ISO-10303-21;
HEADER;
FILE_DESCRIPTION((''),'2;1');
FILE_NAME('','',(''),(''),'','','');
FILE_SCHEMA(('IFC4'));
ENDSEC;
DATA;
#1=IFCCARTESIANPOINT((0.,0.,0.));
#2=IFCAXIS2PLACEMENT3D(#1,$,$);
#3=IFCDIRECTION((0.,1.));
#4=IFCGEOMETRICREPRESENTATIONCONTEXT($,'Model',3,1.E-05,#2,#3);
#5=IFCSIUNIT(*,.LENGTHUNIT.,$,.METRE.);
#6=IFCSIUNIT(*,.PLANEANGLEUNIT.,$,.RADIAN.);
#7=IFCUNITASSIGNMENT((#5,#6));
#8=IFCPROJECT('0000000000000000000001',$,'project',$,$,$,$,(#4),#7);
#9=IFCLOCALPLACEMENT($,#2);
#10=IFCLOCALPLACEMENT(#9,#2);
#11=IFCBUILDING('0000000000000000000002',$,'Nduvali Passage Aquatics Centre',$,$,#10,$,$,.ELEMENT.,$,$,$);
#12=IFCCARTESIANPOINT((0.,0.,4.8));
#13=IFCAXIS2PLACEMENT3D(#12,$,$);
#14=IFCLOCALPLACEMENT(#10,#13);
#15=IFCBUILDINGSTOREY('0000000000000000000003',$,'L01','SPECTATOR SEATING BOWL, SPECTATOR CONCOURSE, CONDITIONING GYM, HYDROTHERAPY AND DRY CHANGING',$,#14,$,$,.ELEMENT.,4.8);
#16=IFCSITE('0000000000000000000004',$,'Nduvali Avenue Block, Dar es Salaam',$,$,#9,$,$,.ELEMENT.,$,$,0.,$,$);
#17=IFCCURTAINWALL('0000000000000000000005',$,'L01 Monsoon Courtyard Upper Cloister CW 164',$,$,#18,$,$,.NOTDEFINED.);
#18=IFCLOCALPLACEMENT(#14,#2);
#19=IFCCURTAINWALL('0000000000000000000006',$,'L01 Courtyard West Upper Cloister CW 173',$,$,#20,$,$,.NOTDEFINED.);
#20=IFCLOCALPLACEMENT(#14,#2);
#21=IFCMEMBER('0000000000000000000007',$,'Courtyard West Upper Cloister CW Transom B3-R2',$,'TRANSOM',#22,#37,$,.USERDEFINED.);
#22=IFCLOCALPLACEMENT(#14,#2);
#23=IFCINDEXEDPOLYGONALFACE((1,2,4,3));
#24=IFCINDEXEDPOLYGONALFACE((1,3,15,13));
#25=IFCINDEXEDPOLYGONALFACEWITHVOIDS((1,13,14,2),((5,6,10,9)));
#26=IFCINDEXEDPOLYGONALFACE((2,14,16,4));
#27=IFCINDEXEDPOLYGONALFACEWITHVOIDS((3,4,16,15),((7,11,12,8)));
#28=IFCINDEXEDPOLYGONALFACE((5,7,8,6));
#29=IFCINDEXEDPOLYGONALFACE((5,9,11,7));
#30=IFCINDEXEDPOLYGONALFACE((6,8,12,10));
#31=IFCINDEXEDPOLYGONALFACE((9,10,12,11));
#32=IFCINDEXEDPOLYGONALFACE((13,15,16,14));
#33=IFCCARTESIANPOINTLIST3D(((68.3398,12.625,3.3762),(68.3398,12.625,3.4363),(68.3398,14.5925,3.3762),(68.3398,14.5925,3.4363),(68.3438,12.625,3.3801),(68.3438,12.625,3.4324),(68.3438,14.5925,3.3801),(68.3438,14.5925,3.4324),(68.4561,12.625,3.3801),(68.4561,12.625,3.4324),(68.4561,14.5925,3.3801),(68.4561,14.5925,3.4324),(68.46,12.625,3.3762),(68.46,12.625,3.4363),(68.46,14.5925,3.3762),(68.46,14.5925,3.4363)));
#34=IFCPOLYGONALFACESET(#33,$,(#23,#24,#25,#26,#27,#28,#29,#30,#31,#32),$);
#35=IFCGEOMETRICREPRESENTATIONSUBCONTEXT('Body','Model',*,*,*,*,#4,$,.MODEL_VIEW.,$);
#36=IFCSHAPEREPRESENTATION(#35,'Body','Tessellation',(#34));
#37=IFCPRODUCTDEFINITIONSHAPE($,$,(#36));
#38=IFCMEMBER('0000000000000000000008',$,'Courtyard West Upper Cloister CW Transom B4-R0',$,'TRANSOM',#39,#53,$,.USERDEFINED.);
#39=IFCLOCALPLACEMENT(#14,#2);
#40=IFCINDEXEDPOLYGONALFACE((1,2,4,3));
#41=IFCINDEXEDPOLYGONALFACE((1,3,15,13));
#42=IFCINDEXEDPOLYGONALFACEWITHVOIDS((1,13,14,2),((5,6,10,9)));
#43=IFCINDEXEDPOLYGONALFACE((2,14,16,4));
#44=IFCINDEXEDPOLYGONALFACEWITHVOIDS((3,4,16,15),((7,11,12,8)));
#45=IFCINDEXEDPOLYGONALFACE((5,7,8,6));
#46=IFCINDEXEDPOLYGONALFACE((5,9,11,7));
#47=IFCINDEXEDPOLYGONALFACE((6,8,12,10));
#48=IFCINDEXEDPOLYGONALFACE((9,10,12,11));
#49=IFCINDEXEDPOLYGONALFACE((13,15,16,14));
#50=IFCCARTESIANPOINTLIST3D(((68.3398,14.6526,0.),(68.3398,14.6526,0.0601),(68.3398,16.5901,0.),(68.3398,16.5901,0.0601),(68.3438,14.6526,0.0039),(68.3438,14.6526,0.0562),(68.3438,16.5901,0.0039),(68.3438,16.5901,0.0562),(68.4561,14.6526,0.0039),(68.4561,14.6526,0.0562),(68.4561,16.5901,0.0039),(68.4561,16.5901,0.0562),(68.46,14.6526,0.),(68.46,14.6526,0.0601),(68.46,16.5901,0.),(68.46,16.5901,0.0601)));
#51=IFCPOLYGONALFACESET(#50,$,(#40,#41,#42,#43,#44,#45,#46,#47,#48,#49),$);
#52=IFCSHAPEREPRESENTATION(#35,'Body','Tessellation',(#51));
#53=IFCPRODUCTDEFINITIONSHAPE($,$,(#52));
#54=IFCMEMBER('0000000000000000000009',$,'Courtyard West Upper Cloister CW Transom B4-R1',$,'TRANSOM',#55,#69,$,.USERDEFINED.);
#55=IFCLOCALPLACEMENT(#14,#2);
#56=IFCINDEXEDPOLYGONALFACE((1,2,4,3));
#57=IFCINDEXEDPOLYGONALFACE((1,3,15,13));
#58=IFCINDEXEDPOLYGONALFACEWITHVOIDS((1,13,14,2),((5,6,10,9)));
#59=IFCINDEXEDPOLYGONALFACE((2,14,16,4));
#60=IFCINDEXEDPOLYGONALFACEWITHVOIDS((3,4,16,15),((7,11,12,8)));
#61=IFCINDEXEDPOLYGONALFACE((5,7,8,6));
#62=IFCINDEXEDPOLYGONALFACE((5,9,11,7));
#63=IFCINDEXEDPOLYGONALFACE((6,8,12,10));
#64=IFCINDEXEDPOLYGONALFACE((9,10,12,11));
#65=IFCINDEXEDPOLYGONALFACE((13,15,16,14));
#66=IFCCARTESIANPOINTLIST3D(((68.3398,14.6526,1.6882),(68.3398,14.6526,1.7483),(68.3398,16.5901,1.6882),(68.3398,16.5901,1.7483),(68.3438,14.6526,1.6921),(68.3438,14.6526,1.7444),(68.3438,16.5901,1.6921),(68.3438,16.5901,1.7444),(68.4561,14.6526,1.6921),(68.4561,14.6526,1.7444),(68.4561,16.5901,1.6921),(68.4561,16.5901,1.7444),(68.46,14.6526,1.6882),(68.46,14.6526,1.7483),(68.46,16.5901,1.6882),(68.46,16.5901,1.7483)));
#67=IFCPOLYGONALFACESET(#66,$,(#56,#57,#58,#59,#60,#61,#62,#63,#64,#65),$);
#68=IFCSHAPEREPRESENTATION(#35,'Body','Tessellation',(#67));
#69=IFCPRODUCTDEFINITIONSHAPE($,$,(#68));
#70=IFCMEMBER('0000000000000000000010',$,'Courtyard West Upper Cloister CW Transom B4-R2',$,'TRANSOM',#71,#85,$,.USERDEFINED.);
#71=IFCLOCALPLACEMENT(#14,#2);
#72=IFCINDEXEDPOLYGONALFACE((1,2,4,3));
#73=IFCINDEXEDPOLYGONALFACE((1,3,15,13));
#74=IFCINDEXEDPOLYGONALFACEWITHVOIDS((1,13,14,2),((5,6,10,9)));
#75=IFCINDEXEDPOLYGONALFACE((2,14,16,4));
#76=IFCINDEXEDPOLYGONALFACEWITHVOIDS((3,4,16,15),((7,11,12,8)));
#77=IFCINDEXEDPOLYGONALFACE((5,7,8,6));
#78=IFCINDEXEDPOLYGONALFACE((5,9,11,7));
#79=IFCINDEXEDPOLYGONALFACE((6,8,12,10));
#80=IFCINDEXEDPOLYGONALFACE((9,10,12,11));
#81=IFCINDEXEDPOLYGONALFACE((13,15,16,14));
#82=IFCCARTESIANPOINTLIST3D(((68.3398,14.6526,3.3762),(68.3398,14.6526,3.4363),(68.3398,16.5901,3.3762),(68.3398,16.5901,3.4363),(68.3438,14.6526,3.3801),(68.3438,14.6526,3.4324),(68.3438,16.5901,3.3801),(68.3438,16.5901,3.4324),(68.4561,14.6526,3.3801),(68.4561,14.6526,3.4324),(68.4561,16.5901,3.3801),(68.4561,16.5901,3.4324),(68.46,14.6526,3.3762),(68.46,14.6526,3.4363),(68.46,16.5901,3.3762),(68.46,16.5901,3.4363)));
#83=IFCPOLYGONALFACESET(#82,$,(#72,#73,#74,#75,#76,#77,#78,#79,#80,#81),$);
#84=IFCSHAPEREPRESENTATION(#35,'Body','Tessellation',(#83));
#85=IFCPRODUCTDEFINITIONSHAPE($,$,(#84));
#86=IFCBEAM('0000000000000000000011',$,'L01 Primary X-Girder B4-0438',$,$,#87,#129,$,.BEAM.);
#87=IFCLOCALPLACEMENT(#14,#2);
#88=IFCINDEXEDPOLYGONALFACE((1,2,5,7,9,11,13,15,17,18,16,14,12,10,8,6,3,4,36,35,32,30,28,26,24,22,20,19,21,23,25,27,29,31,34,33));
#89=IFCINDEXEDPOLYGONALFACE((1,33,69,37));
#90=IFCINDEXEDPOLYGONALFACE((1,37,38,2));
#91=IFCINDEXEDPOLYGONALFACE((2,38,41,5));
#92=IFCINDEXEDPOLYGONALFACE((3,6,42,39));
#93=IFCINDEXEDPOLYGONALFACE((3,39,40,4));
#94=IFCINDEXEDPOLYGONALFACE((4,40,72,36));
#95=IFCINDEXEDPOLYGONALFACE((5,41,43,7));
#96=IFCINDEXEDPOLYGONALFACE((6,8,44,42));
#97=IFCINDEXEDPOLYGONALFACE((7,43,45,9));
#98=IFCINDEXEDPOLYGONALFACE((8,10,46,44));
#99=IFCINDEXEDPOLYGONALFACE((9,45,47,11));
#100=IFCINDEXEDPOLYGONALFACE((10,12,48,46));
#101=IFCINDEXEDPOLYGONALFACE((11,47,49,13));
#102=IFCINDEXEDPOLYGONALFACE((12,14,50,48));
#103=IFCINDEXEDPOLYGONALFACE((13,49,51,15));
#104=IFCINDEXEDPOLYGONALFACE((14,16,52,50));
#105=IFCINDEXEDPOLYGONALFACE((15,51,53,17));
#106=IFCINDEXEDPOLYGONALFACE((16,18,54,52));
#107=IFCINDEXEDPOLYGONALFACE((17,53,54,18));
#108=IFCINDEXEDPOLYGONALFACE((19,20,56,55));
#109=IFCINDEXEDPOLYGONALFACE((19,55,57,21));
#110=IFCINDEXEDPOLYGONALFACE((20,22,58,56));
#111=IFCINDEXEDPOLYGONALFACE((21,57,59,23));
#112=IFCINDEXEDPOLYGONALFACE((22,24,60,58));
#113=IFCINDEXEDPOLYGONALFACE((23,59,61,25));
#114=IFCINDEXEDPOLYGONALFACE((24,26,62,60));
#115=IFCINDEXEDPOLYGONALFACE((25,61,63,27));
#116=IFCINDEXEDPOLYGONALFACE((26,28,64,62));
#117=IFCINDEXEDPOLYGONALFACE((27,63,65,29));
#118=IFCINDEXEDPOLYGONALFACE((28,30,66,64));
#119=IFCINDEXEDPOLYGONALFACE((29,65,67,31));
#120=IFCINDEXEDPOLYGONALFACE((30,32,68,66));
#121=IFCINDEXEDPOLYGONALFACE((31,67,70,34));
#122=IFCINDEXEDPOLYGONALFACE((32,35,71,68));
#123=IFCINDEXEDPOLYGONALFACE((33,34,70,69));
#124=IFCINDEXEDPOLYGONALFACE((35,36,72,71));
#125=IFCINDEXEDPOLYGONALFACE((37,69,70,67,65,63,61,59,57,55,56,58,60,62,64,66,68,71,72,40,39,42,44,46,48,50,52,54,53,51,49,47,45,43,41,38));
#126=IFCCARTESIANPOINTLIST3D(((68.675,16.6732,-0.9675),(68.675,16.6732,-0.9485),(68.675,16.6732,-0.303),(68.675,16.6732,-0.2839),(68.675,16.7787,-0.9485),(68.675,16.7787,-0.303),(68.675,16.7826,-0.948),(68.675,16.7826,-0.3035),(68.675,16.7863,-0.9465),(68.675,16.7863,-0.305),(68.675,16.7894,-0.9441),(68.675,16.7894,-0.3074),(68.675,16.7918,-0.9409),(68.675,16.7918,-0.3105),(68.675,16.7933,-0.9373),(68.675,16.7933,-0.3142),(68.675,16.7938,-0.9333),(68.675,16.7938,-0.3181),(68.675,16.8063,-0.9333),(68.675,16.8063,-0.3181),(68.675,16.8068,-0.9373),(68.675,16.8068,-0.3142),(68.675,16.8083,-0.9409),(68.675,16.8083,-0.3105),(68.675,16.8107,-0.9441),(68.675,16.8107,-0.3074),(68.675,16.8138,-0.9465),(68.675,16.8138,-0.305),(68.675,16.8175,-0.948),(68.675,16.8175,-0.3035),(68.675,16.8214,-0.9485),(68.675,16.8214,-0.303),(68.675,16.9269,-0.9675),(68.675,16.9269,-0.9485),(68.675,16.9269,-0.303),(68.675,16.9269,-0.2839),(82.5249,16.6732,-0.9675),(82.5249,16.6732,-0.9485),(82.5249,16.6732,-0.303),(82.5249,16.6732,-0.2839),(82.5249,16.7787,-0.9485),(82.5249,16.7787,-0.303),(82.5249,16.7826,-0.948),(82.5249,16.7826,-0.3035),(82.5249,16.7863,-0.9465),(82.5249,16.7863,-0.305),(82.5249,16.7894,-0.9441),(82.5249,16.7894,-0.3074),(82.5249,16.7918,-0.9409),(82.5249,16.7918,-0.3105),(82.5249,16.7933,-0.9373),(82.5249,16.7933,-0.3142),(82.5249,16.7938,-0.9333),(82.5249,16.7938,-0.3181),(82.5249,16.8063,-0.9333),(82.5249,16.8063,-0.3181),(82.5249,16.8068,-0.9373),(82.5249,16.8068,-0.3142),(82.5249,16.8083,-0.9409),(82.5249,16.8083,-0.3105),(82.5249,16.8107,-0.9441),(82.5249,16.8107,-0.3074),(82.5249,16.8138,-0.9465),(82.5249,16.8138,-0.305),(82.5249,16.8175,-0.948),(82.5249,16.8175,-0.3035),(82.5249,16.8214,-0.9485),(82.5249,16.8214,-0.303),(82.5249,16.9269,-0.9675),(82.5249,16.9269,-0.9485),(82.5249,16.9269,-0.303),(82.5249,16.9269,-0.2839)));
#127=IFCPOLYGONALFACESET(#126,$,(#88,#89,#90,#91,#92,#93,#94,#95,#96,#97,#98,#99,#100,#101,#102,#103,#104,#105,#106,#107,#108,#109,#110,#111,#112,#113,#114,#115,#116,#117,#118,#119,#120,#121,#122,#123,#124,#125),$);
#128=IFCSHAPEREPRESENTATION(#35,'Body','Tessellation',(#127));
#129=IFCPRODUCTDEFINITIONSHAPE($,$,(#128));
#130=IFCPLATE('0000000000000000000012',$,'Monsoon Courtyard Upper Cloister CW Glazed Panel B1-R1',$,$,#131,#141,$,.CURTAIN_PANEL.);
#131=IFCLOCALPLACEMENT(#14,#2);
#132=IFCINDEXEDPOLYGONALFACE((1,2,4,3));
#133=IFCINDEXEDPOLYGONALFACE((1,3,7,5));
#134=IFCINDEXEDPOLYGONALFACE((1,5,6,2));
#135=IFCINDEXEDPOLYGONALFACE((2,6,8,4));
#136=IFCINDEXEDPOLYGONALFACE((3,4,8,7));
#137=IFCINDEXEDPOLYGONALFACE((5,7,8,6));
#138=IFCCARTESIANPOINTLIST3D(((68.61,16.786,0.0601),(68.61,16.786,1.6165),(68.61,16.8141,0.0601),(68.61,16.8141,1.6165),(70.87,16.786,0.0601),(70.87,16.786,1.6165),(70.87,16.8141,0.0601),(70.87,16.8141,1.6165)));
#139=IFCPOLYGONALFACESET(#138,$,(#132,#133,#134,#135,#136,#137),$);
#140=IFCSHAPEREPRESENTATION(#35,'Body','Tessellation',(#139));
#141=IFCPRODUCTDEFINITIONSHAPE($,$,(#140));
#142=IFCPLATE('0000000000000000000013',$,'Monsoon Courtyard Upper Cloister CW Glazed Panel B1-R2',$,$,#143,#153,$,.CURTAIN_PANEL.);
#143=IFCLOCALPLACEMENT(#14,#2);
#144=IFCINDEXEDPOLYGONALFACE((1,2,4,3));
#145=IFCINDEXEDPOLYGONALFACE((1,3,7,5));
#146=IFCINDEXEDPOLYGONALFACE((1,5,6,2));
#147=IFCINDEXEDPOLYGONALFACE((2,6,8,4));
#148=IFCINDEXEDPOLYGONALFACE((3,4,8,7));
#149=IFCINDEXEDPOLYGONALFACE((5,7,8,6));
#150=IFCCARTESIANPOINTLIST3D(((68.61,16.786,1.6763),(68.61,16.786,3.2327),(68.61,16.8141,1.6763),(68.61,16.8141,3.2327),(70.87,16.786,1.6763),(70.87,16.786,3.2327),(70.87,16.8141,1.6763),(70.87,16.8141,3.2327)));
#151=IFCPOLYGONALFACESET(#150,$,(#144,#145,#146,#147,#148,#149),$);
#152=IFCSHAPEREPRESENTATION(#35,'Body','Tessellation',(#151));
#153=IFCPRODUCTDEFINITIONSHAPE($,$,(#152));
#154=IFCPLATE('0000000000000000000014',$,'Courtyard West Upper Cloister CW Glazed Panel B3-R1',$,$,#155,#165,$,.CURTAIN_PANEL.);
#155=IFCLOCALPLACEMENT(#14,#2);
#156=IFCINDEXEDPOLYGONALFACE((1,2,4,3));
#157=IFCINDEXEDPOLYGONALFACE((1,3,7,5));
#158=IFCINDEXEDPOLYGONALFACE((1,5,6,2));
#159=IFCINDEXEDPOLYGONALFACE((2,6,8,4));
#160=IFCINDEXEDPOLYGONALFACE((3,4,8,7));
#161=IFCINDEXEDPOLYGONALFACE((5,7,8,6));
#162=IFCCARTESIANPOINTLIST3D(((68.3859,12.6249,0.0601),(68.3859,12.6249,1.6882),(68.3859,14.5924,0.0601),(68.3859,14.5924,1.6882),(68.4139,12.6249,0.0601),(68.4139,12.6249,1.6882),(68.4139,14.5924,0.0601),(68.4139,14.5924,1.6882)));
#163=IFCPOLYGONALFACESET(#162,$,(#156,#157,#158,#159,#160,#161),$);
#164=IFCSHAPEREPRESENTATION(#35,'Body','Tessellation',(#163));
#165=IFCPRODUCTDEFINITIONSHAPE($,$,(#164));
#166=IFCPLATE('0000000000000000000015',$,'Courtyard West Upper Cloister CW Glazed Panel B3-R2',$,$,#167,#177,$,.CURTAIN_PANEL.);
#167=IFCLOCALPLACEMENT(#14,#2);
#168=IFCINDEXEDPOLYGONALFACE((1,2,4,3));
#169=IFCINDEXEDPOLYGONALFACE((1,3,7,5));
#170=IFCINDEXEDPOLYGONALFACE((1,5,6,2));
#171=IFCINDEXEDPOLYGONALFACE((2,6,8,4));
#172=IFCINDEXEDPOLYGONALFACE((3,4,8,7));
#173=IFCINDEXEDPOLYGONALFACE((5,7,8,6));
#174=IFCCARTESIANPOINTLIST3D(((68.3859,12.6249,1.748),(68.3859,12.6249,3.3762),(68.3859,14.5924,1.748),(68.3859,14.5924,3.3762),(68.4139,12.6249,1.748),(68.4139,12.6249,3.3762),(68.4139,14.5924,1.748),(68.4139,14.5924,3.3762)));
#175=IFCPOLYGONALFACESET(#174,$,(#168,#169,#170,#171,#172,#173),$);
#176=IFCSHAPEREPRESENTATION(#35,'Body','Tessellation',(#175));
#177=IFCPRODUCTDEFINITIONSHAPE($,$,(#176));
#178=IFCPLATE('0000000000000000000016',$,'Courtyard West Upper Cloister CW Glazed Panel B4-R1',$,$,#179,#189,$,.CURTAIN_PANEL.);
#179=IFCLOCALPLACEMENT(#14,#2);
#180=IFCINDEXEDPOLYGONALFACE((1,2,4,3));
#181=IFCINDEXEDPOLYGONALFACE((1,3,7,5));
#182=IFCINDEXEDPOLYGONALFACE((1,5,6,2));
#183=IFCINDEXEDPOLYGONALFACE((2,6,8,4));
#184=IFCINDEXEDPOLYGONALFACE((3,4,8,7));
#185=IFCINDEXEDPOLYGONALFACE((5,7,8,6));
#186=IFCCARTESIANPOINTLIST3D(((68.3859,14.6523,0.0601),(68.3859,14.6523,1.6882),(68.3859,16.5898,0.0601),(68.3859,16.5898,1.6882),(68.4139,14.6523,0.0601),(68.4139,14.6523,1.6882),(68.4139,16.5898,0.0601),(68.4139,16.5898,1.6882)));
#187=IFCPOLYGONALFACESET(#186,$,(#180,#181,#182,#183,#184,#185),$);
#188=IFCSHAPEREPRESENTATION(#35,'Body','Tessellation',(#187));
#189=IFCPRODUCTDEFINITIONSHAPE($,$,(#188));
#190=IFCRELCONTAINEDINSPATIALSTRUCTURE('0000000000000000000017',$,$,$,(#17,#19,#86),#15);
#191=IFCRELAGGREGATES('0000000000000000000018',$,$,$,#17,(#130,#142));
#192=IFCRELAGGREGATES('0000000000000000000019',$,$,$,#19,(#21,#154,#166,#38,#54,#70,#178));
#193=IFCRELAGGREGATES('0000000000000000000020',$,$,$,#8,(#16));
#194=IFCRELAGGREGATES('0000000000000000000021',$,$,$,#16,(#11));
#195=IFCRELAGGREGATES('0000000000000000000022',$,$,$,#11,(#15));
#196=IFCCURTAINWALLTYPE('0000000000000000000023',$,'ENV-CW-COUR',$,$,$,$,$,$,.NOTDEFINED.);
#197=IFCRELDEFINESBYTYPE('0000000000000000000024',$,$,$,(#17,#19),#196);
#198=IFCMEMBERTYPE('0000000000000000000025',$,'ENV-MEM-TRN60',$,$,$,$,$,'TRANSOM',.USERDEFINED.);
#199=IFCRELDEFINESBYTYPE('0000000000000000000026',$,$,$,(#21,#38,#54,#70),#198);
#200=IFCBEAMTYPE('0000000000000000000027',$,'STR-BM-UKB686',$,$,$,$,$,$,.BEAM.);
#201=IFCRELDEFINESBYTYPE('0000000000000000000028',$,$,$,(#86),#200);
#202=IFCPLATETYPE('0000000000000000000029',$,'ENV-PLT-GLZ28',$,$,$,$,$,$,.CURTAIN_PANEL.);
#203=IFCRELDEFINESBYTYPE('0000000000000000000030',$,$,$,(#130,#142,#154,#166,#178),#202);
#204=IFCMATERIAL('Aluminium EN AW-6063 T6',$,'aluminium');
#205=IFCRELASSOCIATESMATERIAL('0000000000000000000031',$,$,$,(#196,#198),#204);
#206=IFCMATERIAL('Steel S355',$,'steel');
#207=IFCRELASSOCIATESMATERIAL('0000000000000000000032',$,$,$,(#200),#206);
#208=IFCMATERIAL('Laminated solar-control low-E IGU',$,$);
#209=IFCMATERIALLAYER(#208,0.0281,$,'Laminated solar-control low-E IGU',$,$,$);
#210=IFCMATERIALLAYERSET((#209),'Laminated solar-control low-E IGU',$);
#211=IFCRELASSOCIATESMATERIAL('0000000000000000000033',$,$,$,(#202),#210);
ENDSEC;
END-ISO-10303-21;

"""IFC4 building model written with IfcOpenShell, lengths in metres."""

from ifc_helpers import new_model, si_unit, direction, frame, origin, origin_2d, place, context, subcontext, project, spatial, rectangle, hollow_rectangle, i_section, extrude, material, layer, layer_set, material_profile, profile_set, type_object, element, aggregate, save


model = new_model("IFC4")

# Units and contexts
model_context = context("Model", 3, precision=1e-05, world=origin(), true_north=direction((0.0, 1.0)))
body_context = subcontext(model_context, "Body", "Model", "MODEL_VIEW")
ifc_project = project(units=[si_unit("LENGTHUNIT", "METRE"), si_unit("PLANEANGLEUNIT", "RADIAN")], contexts=[model_context])

# Site, building, storey
site_placement = place(None, origin())
site = spatial("IfcSite", under=ifc_project, at=site_placement, Name="Nduvali Avenue Block, Dar es Salaam", CompositionType="ELEMENT", RefElevation=0.0)
building_placement = place(site_placement, origin())
building = spatial("IfcBuilding", under=site, at=building_placement, Name="Nduvali Passage Aquatics Centre", CompositionType="ELEMENT")
storey_placement = place(building_placement, frame((0.0, 0.0, 4.8)))
storey = spatial("IfcBuildingStorey", under=building, at=storey_placement, Name="L01", Description="SPECTATOR SEATING BOWL, SPECTATOR CONCOURSE, CONDITIONING GYM, HYDROTHERAPY AND DRY CHANGING", CompositionType="ELEMENT", Elevation=4.8)

# Shared definitions
ifc_material_1 = material(Name="Steel S355", Category="steel")

# Curtain wall
ifc_material_2 = material(Name="Aluminium EN AW-6063 T6", Category="aluminium")
curtain_wall_type = type_object("IfcCurtainWallType", Name="ENV-CW-COUR", PredefinedType="NOTDEFINED", material=ifc_material_2)
curtain_wall_1_placement = place(storey_placement, origin())
curtain_wall_1 = element("IfcCurtainWall", 1, at=curtain_wall_1_placement, inside=storey, type_object=curtain_wall_type, Name="L01 Monsoon Courtyard Upper Cloister CW 164", PredefinedType="NOTDEFINED")

# Curtain wall
curtain_wall_2_placement = place(storey_placement, origin())
curtain_wall_2 = element("IfcCurtainWall", 2, at=curtain_wall_2_placement, inside=storey, type_object=curtain_wall_type, Name="L01 Courtyard West Upper Cloister CW 173", PredefinedType="NOTDEFINED")

# Members
ifc_material_profile_1 = material_profile(ifc_material_2, hollow_rectangle(XDim=0.1201, YDim=0.0601, WallThickness=0.0039, at=origin_2d()), Name="ALU TRANSOM 120x60x4")
ifc_profile_set_1 = profile_set([ifc_material_profile_1], Name="Aluminium EN AW-6063 T6")
member_type_1 = type_object("IfcMemberType", Name="ENV-MEM-TRN60", ElementType="TRANSOM", PredefinedType="USERDEFINED", material=ifc_profile_set_1)
member_1_placement = place(storey_placement, frame((68.3999, 12.625, 3.4062), z_axis=(0.0, 1.0, 0.0), x_axis=(-1.0, 0.0, 0.0)))
member_1 = element("IfcMember", 3, at=member_1_placement, type_object=member_type_1, Name="Courtyard West Upper Cloister CW Transom B3-R2", ObjectType="TRANSOM", PredefinedType="USERDEFINED", context=body_context, shape_type="SweptSolid", body=[
    extrude(hollow_rectangle(XDim=0.1201, YDim=0.0601, WallThickness=0.0039, at=origin_2d()), origin(), (0.0, 0.0, 1.0), 1.9675),
])
member_2_placement = place(storey_placement, frame((68.3999, 14.6526, 0.03), z_axis=(0.0, 1.0, 0.0), x_axis=(-1.0, 0.0, 0.0)))
member_2 = element("IfcMember", 4, at=member_2_placement, type_object=member_type_1, Name="Courtyard West Upper Cloister CW Transom B4-R0", ObjectType="TRANSOM", PredefinedType="USERDEFINED", context=body_context, shape_type="SweptSolid", body=[
    extrude(hollow_rectangle(XDim=0.1201, YDim=0.0601, WallThickness=0.0039, at=origin_2d()), origin(), (0.0, 0.0, 1.0), 1.9375),
])
member_3_placement = place(storey_placement, frame((68.3999, 14.6526, 1.7183), z_axis=(0.0, 1.0, 0.0), x_axis=(-1.0, 0.0, 0.0)))
member_3 = element("IfcMember", 5, at=member_3_placement, type_object=member_type_1, Name="Courtyard West Upper Cloister CW Transom B4-R1", ObjectType="TRANSOM", PredefinedType="USERDEFINED", context=body_context, shape_type="SweptSolid", body=[
    extrude(hollow_rectangle(XDim=0.1201, YDim=0.0601, WallThickness=0.0039, at=origin_2d()), origin(), (0.0, 0.0, 1.0), 1.9375),
])
member_4_placement = place(storey_placement, frame((68.3999, 14.6526, 3.4062), z_axis=(0.0, 1.0, 0.0), x_axis=(-1.0, 0.0, 0.0)))
member_4 = element("IfcMember", 6, at=member_4_placement, type_object=member_type_1, Name="Courtyard West Upper Cloister CW Transom B4-R2", ObjectType="TRANSOM", PredefinedType="USERDEFINED", context=body_context, shape_type="SweptSolid", body=[
    extrude(hollow_rectangle(XDim=0.1201, YDim=0.0601, WallThickness=0.0039, at=origin_2d()), origin(), (0.0, 0.0, 1.0), 1.9375),
])

# Beam
ifc_material_profile_2 = material_profile(ifc_material_1, i_section(OverallWidth=0.2537, OverallDepth=0.6836, WebThickness=0.0125, FlangeThickness=0.019, FilletRadius=0.0151, at=origin_2d()), Name="UKB 686x254x140")
ifc_profile_set_2 = profile_set([ifc_material_profile_2], Name="Steel S355")
beam_type = type_object("IfcBeamType", Name="STR-BM-UKB686", PredefinedType="BEAM", material=ifc_profile_set_2)
beam_placement = place(storey_placement, frame((68.675, 16.8, -0.6257), z_axis=(1.0, 0.0, 0.0), x_axis=(0.0, 1.0, 0.0)))
element("IfcBeam", 7, at=beam_placement, inside=storey, type_object=beam_type, Name="L01 Primary X-Girder B4-0438", PredefinedType="BEAM", context=body_context, shape_type="SweptSolid", body=[
    extrude(i_section(OverallWidth=0.2537, OverallDepth=0.6836, WebThickness=0.0125, FlangeThickness=0.019, FilletRadius=0.0151, at=origin_2d()), origin(), (0.0, 0.0, 1.0), 13.8499),
])

# Plates
ifc_material_3 = material(Name="Laminated solar-control low-E IGU")
ifc_layer = layer(ifc_material_3, 0.0281, Name="Laminated solar-control low-E IGU")
ifc_layer_set = layer_set([ifc_layer], Name="Laminated solar-control low-E IGU")
plate_type = type_object("IfcPlateType", Name="ENV-PLT-GLZ28", PredefinedType="CURTAIN_PANEL", material=ifc_layer_set)
plate_1_placement = place(storey_placement, frame((69.74, 16.8, 0.0601), z_axis=(0.0, 0.0, 1.0), x_axis=(1.0, 0.0, 0.0)))
plate_1 = element("IfcPlate", 8, at=plate_1_placement, type_object=plate_type, Name="Monsoon Courtyard Upper Cloister CW Glazed Panel B1-R1", PredefinedType="CURTAIN_PANEL", context=body_context, shape_type="SweptSolid", body=[
    extrude(rectangle(XDim=2.26, YDim=0.0281, at=origin_2d()), origin(), (0.0, 0.0, 1.0), 1.5564),
])
plate_2_placement = place(storey_placement, frame((69.74, 16.8, 1.6763), z_axis=(0.0, 0.0, 1.0), x_axis=(1.0, 0.0, 0.0)))
plate_2 = element("IfcPlate", 9, at=plate_2_placement, type_object=plate_type, Name="Monsoon Courtyard Upper Cloister CW Glazed Panel B1-R2", PredefinedType="CURTAIN_PANEL", context=body_context, shape_type="SweptSolid", body=[
    extrude(rectangle(XDim=2.26, YDim=0.0281, at=origin_2d()), origin(), (0.0, 0.0, 1.0), 1.5564),
])
aggregate(curtain_wall_1, [plate_1, plate_2])
plate_3_placement = place(storey_placement, frame((68.3999, 13.6086, 0.0601), z_axis=(0.0, 0.0, 1.0), x_axis=(0.0, 1.0, 0.0)))
plate_3 = element("IfcPlate", 10, at=plate_3_placement, type_object=plate_type, Name="Courtyard West Upper Cloister CW Glazed Panel B3-R1", PredefinedType="CURTAIN_PANEL", context=body_context, shape_type="SweptSolid", body=[
    extrude(rectangle(XDim=1.9675, YDim=0.0281, at=origin_2d()), origin(), (0.0, 0.0, 1.0), 1.6282),
])
plate_4_placement = place(storey_placement, frame((68.3999, 13.6086, 1.748), z_axis=(0.0, 0.0, 1.0), x_axis=(0.0, 1.0, 0.0)))
plate_4 = element("IfcPlate", 11, at=plate_4_placement, type_object=plate_type, Name="Courtyard West Upper Cloister CW Glazed Panel B3-R2", PredefinedType="CURTAIN_PANEL", context=body_context, shape_type="SweptSolid", body=[
    extrude(rectangle(XDim=1.9675, YDim=0.0281, at=origin_2d()), origin(), (0.0, 0.0, 1.0), 1.6282),
])
plate_5_placement = place(storey_placement, frame((68.3999, 15.6211, 0.0601), z_axis=(0.0, 0.0, 1.0), x_axis=(0.0, 1.0, 0.0)))
plate_5 = element("IfcPlate", 12, at=plate_5_placement, type_object=plate_type, Name="Courtyard West Upper Cloister CW Glazed Panel B4-R1", PredefinedType="CURTAIN_PANEL", context=body_context, shape_type="SweptSolid", body=[
    extrude(rectangle(XDim=1.9375, YDim=0.0281, at=origin_2d()), origin(), (0.0, 0.0, 1.0), 1.6282),
])
aggregate(curtain_wall_2, [member_1, plate_3, plate_4, member_2, member_3, member_4, plate_5])

save(model, "model.ifc")
